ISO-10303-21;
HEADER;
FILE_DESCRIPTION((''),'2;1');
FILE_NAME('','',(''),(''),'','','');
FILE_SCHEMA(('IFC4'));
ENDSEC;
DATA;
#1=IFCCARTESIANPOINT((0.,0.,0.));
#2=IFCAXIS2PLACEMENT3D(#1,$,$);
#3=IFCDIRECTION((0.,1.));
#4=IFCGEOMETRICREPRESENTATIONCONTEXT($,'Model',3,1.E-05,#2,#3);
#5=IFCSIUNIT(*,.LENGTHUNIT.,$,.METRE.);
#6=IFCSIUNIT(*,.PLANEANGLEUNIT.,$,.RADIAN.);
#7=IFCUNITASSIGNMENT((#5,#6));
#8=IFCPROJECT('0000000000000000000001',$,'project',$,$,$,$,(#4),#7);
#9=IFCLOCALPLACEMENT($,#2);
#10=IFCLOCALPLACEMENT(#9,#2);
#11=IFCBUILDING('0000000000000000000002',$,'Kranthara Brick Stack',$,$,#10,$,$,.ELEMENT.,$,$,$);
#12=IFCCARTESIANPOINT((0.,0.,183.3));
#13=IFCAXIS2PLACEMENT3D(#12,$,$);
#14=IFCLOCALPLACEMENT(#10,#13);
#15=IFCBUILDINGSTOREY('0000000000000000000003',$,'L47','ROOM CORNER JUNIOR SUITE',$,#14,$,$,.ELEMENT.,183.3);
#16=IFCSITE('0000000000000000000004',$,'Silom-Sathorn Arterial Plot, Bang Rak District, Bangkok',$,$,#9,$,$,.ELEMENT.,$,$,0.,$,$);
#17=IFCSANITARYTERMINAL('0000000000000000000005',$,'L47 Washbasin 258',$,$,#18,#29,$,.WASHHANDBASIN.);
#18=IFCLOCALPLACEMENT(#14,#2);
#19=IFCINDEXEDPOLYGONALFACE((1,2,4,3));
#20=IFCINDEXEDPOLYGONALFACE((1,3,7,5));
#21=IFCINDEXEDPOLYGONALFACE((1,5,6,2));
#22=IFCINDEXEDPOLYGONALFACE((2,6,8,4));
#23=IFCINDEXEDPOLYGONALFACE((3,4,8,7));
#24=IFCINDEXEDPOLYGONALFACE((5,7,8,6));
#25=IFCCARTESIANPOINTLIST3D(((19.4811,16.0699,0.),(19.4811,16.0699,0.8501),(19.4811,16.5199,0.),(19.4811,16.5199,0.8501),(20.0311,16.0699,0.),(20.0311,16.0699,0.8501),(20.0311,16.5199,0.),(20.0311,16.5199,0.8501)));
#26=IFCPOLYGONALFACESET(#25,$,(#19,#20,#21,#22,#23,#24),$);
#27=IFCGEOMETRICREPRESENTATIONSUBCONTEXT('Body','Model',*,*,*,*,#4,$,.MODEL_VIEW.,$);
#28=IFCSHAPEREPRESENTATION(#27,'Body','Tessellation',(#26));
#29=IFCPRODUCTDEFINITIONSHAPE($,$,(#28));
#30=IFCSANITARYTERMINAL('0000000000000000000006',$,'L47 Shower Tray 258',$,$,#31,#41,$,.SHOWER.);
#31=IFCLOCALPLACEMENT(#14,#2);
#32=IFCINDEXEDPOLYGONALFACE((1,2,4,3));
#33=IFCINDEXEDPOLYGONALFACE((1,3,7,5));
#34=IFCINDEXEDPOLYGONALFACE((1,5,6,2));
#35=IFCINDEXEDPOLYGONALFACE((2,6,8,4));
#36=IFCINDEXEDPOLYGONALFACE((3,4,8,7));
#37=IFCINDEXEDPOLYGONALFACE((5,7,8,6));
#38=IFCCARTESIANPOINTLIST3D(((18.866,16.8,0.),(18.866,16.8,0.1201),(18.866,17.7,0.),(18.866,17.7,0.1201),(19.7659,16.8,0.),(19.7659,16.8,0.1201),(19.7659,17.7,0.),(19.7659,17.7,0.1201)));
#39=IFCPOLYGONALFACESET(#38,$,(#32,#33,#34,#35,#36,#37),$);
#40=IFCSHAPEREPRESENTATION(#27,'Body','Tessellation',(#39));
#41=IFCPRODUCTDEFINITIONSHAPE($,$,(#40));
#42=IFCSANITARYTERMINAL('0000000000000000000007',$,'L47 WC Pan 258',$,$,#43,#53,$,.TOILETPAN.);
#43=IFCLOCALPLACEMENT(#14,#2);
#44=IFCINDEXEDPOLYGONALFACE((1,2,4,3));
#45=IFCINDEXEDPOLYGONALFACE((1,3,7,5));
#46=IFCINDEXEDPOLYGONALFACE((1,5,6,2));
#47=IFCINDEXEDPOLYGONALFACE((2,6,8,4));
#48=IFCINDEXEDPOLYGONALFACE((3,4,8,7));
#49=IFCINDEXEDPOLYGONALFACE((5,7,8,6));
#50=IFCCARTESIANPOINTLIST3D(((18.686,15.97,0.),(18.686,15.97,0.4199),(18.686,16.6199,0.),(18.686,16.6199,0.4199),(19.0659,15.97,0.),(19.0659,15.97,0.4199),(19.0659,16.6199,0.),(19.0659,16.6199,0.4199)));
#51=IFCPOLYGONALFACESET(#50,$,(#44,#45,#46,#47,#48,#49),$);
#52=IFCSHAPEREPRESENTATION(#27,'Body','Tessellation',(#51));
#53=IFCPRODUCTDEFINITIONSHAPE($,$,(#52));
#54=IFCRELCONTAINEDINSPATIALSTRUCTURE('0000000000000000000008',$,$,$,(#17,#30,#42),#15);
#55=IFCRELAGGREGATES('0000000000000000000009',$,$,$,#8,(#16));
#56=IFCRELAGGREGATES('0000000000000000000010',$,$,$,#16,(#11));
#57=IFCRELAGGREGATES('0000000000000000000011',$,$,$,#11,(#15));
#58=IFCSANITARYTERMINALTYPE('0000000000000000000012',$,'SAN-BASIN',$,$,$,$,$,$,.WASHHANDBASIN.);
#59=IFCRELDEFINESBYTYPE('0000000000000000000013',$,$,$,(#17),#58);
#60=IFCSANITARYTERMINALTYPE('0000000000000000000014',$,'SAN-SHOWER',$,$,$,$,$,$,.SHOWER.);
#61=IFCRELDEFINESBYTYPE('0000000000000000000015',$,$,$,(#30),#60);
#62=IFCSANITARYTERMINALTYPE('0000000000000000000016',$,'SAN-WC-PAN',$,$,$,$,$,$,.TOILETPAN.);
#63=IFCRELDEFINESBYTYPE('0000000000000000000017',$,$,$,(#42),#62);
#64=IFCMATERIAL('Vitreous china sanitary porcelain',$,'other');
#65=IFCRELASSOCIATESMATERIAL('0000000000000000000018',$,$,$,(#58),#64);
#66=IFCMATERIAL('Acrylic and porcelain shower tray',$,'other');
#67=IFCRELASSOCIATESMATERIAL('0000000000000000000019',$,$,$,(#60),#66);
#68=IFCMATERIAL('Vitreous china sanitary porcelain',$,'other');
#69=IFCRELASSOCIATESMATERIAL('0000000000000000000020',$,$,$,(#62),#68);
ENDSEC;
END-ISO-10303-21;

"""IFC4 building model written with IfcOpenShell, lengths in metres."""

from ifc_helpers import new_model, si_unit, direction, frame, origin, origin_2d, place, context, subcontext, project, spatial, rectangle, extrude, material, type_object, element, save


model = new_model("IFC4")

# Units and contexts
model_context = context("Model", 3, precision=1e-05, world=origin(), true_north=direction((0.0, 1.0)))
body_context = subcontext(model_context, "Body", "Model", "MODEL_VIEW")
ifc_project = project(units=[si_unit("LENGTHUNIT", "METRE"), si_unit("PLANEANGLEUNIT", "RADIAN")], contexts=[model_context])

# Site, building, storey
site_placement = place(None, origin())
site = spatial("IfcSite", under=ifc_project, at=site_placement, Name="Silom-Sathorn Arterial Plot, Bang Rak District, Bangkok", CompositionType="ELEMENT", RefElevation=0.0)
building_placement = place(site_placement, origin())
building = spatial("IfcBuilding", under=site, at=building_placement, Name="Kranthara Brick Stack", CompositionType="ELEMENT")
storey_placement = place(building_placement, frame((0.0, 0.0, 183.3)))
storey = spatial("IfcBuildingStorey", under=building, at=storey_placement, Name="L47", Description="ROOM CORNER JUNIOR SUITE", CompositionType="ELEMENT", Elevation=183.3)

# Sanitary terminals
ifc_material_1 = material(Name="Vitreous china sanitary porcelain", Category="other")
sanitary_terminal_type_1 = type_object("IfcSanitaryTerminalType", Name="SAN-BASIN", PredefinedType="WASHHANDBASIN", material=ifc_material_1)
sanitary_terminal_1_placement = place(storey_placement, frame((19.7561, 16.2949, 0.0), z_axis=(0.0, 0.0, 1.0), x_axis=(1.0, 0.0, 0.0)))
element("IfcSanitaryTerminal", 1, at=sanitary_terminal_1_placement, inside=storey, type_object=sanitary_terminal_type_1, Name="L47 Washbasin 258", PredefinedType="WASHHANDBASIN", context=body_context, shape_type="SweptSolid", body=[
    extrude(rectangle(XDim=0.55, YDim=0.45, at=origin_2d()), origin(), (0.0, 0.0, 1.0), 0.8501),
])
ifc_material_2 = material(Name="Acrylic and porcelain shower tray", Category="other")
sanitary_terminal_type_2 = type_object("IfcSanitaryTerminalType", Name="SAN-SHOWER", PredefinedType="SHOWER", material=ifc_material_2)
sanitary_terminal_2_placement = place(storey_placement, frame((19.3159, 17.25, 0.0), z_axis=(0.0, 0.0, 1.0), x_axis=(1.0, 0.0, 0.0)))
element("IfcSanitaryTerminal", 2, at=sanitary_terminal_2_placement, inside=storey, type_object=sanitary_terminal_type_2, Name="L47 Shower Tray 258", PredefinedType="SHOWER", context=body_context, shape_type="SweptSolid", body=[
    extrude(rectangle(XDim=0.8999, YDim=0.8999, at=origin_2d()), origin(), (0.0, 0.0, 1.0), 0.1201),
])
ifc_material_3 = material(Name="Vitreous china sanitary porcelain", Category="other")
sanitary_terminal_type_3 = type_object("IfcSanitaryTerminalType", Name="SAN-WC-PAN", PredefinedType="TOILETPAN", material=ifc_material_3)
sanitary_terminal_3_placement = place(storey_placement, frame((18.876, 16.2949, 0.0), z_axis=(0.0, 0.0, 1.0), x_axis=(1.0, 0.0, 0.0)))
element("IfcSanitaryTerminal", 3, at=sanitary_terminal_3_placement, inside=storey, type_object=sanitary_terminal_type_3, Name="L47 WC Pan 258", PredefinedType="TOILETPAN", context=body_context, shape_type="SweptSolid", body=[
    extrude(rectangle(XDim=0.3799, YDim=0.6499, at=origin_2d()), origin(), (0.0, 0.0, 1.0), 0.4199),
])

save(model, "model.ifc")
